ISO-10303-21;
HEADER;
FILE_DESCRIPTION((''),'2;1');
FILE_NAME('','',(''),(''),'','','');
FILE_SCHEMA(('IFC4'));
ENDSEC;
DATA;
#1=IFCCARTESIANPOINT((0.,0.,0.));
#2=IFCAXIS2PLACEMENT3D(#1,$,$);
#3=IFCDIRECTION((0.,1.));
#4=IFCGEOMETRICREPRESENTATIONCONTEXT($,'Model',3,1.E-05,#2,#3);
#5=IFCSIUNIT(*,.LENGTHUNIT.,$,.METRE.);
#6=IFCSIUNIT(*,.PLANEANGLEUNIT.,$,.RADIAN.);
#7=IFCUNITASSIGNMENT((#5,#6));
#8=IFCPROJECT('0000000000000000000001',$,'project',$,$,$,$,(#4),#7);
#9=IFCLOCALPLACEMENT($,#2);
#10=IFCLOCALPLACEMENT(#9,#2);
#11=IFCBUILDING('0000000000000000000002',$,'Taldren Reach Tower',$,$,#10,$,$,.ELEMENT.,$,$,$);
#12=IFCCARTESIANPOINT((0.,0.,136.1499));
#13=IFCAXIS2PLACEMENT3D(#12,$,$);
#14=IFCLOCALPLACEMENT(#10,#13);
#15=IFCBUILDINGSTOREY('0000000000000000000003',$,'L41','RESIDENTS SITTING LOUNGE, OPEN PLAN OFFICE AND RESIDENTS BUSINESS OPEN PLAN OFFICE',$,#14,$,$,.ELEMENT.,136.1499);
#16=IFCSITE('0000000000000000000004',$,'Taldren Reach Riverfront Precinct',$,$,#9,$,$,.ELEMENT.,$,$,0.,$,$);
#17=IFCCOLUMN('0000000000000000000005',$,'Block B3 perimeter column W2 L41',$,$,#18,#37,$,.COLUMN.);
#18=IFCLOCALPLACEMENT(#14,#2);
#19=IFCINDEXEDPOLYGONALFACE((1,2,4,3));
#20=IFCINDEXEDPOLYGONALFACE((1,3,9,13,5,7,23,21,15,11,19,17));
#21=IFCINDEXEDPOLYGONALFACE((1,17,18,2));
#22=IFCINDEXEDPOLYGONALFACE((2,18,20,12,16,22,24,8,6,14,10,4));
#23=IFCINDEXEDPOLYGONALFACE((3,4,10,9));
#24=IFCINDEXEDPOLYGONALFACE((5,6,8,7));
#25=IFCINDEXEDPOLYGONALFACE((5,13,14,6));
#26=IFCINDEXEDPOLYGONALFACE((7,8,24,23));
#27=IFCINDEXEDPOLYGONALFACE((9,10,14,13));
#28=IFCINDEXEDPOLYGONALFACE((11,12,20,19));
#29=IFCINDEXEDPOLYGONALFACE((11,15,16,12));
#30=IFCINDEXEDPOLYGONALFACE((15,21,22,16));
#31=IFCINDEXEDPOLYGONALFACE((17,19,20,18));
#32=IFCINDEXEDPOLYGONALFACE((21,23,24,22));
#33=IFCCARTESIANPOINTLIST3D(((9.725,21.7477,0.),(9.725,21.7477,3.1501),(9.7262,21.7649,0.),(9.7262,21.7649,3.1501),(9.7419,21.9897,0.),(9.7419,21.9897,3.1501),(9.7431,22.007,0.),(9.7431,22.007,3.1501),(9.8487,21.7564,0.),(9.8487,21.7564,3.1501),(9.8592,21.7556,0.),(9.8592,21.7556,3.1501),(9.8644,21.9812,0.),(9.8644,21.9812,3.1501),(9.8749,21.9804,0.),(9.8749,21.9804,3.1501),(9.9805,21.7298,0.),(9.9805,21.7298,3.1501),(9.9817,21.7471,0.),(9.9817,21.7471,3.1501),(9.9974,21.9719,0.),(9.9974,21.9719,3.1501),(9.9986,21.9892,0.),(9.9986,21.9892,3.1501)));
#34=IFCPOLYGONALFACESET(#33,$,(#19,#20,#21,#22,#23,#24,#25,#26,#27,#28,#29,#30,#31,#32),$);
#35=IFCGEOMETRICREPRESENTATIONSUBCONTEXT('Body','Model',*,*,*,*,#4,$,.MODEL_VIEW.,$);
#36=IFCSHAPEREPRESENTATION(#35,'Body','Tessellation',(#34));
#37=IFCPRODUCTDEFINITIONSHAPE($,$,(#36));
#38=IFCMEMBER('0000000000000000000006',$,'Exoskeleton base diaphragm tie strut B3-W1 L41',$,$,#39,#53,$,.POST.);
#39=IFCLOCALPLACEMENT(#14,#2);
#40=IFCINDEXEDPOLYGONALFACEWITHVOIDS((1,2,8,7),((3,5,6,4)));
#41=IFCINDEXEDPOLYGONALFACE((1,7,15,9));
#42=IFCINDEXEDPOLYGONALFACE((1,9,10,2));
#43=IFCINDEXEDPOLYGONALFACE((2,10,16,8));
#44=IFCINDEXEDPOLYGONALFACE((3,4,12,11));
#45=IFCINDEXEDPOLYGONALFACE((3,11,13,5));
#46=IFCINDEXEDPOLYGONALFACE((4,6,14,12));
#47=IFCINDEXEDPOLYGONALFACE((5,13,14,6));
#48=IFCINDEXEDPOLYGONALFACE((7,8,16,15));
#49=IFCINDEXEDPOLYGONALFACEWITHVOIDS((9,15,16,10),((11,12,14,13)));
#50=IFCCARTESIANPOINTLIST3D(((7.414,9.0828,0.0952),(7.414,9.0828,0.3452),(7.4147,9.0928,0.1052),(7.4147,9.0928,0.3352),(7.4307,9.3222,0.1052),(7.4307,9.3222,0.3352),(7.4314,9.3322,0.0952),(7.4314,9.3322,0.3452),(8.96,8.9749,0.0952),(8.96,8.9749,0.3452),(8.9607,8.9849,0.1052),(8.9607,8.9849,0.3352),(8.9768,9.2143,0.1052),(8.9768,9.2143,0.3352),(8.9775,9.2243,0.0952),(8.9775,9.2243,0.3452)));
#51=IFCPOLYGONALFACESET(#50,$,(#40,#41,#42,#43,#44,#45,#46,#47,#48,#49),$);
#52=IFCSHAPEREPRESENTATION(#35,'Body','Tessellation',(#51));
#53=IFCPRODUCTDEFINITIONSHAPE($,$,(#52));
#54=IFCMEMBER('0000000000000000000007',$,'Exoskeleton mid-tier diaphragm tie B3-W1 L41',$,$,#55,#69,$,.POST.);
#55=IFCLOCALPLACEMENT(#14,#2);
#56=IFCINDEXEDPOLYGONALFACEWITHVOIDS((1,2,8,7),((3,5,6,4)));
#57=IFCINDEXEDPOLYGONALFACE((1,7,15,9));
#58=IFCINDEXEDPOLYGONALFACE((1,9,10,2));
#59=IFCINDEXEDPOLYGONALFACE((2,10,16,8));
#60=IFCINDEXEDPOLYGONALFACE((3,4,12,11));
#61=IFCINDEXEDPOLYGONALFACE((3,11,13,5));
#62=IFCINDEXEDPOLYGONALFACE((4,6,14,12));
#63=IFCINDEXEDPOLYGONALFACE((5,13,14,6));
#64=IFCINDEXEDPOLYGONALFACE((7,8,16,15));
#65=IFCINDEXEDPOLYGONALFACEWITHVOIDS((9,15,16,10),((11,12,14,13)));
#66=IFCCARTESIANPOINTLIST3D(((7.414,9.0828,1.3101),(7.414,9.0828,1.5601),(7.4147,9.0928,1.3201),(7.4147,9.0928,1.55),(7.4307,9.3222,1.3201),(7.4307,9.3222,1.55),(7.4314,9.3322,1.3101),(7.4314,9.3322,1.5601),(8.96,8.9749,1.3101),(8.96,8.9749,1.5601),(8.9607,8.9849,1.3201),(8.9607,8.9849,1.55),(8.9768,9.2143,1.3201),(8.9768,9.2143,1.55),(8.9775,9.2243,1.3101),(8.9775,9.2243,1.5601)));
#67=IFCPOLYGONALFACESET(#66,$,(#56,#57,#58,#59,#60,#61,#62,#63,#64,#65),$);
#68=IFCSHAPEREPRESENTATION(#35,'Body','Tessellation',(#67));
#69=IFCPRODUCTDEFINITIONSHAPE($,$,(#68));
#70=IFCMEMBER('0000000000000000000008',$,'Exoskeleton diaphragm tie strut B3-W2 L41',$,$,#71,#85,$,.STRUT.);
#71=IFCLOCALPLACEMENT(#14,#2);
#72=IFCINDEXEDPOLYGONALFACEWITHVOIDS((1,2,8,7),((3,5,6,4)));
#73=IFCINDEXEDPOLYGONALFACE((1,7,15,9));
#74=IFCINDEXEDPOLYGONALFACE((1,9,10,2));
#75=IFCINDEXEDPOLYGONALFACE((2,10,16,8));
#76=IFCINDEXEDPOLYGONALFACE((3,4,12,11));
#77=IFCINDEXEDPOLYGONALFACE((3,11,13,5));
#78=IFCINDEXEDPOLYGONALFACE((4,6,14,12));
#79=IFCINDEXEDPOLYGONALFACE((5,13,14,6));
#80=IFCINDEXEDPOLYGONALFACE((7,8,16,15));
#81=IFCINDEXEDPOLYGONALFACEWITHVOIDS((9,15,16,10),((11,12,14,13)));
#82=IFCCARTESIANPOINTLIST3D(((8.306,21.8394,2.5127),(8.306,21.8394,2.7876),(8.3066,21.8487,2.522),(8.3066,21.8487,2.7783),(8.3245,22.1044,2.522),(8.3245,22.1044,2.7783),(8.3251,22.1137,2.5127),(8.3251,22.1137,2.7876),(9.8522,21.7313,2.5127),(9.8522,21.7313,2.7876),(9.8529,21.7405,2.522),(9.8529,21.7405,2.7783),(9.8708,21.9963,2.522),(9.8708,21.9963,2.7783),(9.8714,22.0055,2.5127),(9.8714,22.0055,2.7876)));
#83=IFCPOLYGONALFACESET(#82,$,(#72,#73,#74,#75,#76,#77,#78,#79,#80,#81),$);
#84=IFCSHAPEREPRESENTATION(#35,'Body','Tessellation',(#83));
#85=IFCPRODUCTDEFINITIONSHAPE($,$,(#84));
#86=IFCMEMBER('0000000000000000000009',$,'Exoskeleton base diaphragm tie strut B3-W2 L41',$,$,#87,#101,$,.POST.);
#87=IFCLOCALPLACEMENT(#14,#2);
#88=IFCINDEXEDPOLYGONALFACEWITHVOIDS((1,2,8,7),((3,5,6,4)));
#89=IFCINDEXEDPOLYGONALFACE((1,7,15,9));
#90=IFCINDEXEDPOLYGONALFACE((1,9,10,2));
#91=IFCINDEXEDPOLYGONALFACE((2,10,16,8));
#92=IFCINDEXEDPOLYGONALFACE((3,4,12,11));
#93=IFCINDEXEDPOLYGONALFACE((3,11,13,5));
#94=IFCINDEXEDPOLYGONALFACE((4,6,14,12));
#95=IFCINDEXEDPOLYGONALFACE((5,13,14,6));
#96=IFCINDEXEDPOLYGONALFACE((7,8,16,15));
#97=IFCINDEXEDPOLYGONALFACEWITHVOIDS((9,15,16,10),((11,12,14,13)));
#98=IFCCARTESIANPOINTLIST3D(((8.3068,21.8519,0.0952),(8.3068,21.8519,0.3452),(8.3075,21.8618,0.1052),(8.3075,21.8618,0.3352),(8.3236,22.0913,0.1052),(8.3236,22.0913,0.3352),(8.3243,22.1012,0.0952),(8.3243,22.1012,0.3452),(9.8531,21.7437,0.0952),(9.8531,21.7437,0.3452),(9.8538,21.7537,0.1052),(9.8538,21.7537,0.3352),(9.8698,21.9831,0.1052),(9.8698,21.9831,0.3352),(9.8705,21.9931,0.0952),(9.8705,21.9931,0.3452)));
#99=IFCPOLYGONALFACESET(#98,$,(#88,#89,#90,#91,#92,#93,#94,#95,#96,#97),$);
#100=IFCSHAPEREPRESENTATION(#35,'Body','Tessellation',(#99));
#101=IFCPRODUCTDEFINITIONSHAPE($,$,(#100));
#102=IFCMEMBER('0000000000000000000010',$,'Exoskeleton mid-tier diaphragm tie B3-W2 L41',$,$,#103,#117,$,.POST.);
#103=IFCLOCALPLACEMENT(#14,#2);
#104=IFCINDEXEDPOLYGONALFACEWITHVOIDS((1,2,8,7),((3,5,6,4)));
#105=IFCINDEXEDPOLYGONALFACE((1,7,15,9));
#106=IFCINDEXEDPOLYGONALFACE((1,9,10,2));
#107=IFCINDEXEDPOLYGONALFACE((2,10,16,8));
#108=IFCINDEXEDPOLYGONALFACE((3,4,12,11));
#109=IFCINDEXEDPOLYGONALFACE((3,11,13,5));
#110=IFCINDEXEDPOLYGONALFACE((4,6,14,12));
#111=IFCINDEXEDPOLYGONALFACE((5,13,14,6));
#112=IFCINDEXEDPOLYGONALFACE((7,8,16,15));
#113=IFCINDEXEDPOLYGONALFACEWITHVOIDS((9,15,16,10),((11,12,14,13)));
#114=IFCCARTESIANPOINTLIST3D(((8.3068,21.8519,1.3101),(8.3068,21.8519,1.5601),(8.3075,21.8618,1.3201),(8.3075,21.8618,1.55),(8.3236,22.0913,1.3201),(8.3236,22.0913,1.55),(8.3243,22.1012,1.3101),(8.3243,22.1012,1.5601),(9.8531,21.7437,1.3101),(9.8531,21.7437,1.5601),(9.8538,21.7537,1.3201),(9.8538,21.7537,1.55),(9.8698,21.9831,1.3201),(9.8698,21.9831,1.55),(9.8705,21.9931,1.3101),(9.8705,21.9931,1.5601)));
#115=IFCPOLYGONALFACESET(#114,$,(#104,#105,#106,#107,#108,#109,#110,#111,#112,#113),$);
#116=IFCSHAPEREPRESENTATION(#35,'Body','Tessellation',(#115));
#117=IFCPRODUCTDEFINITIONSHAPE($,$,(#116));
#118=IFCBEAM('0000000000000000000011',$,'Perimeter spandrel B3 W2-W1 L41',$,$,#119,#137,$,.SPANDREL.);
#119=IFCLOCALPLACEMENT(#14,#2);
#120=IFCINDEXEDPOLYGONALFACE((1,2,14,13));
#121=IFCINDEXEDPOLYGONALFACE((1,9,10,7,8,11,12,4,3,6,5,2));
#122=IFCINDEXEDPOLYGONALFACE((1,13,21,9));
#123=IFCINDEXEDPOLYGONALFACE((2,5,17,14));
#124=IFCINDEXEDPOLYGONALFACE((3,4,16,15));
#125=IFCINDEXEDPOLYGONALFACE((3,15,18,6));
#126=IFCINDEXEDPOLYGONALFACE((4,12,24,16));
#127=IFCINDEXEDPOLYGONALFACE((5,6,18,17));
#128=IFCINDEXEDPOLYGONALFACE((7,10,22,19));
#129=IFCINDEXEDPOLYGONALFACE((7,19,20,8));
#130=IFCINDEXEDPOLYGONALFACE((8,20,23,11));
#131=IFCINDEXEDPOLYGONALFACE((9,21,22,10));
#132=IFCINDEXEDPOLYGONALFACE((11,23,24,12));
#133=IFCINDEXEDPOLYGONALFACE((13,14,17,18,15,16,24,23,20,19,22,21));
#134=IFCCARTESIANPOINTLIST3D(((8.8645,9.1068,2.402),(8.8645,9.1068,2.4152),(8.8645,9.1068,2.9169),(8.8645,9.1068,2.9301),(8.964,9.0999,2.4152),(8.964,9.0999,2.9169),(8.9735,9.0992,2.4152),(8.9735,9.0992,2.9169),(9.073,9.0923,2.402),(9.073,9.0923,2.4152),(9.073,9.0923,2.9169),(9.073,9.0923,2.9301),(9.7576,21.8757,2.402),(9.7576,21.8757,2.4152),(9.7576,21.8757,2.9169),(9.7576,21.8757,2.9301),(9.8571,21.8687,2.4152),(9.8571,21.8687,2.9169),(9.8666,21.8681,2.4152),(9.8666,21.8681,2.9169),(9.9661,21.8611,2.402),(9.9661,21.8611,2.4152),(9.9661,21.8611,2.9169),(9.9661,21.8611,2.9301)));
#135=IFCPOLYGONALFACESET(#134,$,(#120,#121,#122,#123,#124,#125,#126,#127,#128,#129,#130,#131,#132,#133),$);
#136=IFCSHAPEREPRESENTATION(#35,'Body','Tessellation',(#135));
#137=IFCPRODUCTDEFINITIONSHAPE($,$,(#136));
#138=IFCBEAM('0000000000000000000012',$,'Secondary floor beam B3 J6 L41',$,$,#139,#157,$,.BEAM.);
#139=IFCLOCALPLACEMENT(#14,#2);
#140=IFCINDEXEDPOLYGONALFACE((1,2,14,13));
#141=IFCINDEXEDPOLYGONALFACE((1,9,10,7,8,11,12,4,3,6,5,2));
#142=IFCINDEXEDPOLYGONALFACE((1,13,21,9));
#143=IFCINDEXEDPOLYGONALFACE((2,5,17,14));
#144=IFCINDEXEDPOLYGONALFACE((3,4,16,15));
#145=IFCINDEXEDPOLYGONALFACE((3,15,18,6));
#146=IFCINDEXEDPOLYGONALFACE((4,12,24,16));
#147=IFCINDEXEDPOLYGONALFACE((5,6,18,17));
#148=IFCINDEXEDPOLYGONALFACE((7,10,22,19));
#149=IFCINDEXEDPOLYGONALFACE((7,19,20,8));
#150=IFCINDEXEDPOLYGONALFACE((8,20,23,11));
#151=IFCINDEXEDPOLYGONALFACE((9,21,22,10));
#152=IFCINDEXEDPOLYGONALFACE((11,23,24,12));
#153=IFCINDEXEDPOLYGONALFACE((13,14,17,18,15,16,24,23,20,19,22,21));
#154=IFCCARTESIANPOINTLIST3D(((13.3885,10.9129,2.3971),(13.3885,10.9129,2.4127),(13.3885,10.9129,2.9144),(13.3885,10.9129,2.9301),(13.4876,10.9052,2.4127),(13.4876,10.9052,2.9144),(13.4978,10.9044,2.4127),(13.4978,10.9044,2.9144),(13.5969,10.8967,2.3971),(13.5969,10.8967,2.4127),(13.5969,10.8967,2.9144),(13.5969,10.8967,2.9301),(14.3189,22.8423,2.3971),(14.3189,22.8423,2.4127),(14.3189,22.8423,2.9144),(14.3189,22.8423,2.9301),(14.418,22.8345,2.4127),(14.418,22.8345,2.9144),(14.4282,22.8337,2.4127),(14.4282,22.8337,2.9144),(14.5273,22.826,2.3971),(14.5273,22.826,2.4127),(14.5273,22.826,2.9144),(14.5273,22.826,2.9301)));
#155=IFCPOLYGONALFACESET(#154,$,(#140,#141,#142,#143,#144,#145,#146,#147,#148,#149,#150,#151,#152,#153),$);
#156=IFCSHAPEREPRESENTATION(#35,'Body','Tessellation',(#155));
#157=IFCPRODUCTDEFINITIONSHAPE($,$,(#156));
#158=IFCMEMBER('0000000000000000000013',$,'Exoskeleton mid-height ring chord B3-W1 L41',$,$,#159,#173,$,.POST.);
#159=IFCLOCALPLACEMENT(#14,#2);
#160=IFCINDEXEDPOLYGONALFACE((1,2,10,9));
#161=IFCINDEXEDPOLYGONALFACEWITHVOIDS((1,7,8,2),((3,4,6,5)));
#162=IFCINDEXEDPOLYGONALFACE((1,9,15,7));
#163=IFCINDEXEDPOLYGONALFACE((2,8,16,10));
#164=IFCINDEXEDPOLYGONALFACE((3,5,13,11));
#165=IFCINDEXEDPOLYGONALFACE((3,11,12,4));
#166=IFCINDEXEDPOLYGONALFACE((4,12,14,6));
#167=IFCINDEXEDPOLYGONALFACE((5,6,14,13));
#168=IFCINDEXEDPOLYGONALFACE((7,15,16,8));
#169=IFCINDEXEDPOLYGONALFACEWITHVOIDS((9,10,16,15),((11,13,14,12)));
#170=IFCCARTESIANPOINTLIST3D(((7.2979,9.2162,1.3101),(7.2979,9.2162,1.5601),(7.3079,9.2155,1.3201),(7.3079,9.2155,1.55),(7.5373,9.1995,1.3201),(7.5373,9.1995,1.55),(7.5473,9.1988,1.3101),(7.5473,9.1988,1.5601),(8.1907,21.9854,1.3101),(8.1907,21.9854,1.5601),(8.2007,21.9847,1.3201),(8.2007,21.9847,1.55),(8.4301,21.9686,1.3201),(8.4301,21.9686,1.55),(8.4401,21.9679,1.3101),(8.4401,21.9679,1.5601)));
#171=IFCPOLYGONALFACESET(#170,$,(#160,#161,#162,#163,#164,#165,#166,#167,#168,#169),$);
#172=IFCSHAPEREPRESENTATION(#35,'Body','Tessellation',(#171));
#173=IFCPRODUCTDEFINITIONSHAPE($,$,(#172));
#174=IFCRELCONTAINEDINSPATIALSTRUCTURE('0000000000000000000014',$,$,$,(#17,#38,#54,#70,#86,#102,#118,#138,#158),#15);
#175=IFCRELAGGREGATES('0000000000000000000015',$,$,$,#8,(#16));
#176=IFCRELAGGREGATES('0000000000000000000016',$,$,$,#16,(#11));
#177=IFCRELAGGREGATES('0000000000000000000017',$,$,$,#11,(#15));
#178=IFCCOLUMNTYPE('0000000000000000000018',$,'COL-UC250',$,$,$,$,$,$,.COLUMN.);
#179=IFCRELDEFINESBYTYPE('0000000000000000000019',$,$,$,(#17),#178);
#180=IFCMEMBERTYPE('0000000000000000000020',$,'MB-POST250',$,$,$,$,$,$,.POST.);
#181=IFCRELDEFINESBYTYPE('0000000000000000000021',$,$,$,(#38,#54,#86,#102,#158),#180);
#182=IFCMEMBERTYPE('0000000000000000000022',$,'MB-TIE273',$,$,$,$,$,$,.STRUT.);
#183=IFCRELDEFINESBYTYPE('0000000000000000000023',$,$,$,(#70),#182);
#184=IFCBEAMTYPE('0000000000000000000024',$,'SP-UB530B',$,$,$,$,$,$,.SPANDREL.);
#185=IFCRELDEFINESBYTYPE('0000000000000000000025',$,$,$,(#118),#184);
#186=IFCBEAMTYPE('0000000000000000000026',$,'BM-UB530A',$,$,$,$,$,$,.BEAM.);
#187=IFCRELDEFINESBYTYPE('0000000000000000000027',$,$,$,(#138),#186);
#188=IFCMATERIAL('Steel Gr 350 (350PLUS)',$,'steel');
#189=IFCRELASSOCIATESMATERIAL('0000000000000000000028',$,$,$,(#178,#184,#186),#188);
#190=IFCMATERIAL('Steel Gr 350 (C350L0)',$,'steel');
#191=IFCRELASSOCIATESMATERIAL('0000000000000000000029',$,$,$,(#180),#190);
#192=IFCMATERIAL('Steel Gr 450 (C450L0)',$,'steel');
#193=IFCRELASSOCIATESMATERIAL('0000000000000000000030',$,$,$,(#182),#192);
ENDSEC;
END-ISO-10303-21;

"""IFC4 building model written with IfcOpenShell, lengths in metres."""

from ifc_helpers import new_model, si_unit, direction, frame, origin, origin_2d, place, context, subcontext, project, spatial, hollow_rectangle, i_section, extrude, source, transform, mapped, material, material_profile, profile_set, type_object, element, save


model = new_model("IFC4")

# Units and contexts
model_context = context("Model", 3, precision=1e-05, world=origin(), true_north=direction((0.0, 1.0)))
body_context = subcontext(model_context, "Body", "Model", "MODEL_VIEW")
ifc_project = project(units=[si_unit("LENGTHUNIT", "METRE"), si_unit("PLANEANGLEUNIT", "RADIAN")], contexts=[model_context])

# Site, building, storey
site_placement = place(None, origin())
site = spatial("IfcSite", under=ifc_project, at=site_placement, Name="Taldren Reach Riverfront Precinct", CompositionType="ELEMENT", RefElevation=0.0)
building_placement = place(site_placement, origin())
building = spatial("IfcBuilding", under=site, at=building_placement, Name="Taldren Reach Tower", CompositionType="ELEMENT")
storey_placement = place(building_placement, frame((0.0, 0.0, 136.1499)))
storey = spatial("IfcBuildingStorey", under=building, at=storey_placement, Name="L41", Description="RESIDENTS SITTING LOUNGE, OPEN PLAN OFFICE AND RESIDENTS BUSINESS OPEN PLAN OFFICE", CompositionType="ELEMENT", Elevation=136.1499)

# Column
ifc_material_1 = material(Name="Steel Gr 350 (350PLUS)", Category="steel")
ifc_material_profile_1 = material_profile(ifc_material_1, i_section(OverallWidth=0.2561, OverallDepth=0.26, WebThickness=0.0105, FlangeThickness=0.0173, at=origin_2d()), Name="250UC89.5")
ifc_profile_set_1 = profile_set([ifc_material_profile_1], Name="Steel Gr 350 (350PLUS)")
column_type = type_object("IfcColumnType", Name="COL-UC250", PredefinedType="COLUMN", material=ifc_profile_set_1)
shared_shape_1 = source(origin(), body_context, "Body", "SweptSolid", [
    extrude(i_section(OverallWidth=0.2561, OverallDepth=0.26, WebThickness=0.0105, FlangeThickness=0.0173, at=origin_2d()), origin(), (0.0, 0.0, 1.0), 3.1501),
])
column_placement = place(storey_placement, frame((9.8618, 21.8684, 0.0), z_axis=(0.0, 0.0, 1.0), x_axis=(0.997564, -0.069756, 0.0)))
element("IfcColumn", 1, at=column_placement, inside=storey, type_object=column_type, Name="Block B3 perimeter column W2 L41", PredefinedType="COLUMN", context=body_context, shape_type="MappedRepresentation", body=[
    mapped(shared_shape_1, transform((0.0, 0.0, 0.0), scale=1.0)),
])

# Members
ifc_material_2 = material(Name="Steel Gr 350 (C350L0)", Category="steel")
ifc_material_profile_2 = material_profile(ifc_material_2, hollow_rectangle(XDim=0.25, YDim=0.25, WallThickness=0.01, at=origin_2d()), Name="250x250x10.0SHS")
ifc_profile_set_2 = profile_set([ifc_material_profile_2], Name="Steel Gr 350 (C350L0)")
member_type_1 = type_object("IfcMemberType", Name="MB-POST250", PredefinedType="POST", material=ifc_profile_set_2)
shared_shape_2 = source(origin(), body_context, "Body", "SweptSolid", [
    extrude(hollow_rectangle(XDim=0.25, YDim=0.25, WallThickness=0.01, at=origin_2d()), origin(), (0.0, 0.0, 1.0), 1.5498),
])
for number, where, z_axis, x_axis, name in (
    (2, (8.9688, 9.0996, 0.2202), (-0.997573, 0.069624, 0.0), (-0.069624, -0.997573, 0.0), "Exoskeleton base diaphragm tie strut B3-W1 L41"),
    (3, (8.9688, 9.0996, 1.4351), (-0.997573, 0.069624, 0.0), (-0.069624, -0.997573, 0.0), "Exoskeleton mid-tier diaphragm tie B3-W1 L41"),
):
    element("IfcMember", number, at=place(storey_placement, frame(where, z_axis=z_axis, x_axis=x_axis)), inside=storey, type_object=member_type_1, Name=name, PredefinedType="POST", context=body_context, shape_type="MappedRepresentation", body=[
        mapped(shared_shape_2, transform((0.0, 0.0, 0.0), scale=1.0)),
    ])
ifc_material_3 = material(Name="Steel Gr 450 (C450L0)", Category="steel")
ifc_material_profile_3 = material_profile(ifc_material_3, hollow_rectangle(XDim=0.2749, YDim=0.2749, WallThickness=0.0093, at=origin_2d()), Name="275x275x9.3SHS")
ifc_profile_set_3 = profile_set([ifc_material_profile_3], Name="Steel Gr 450 (C450L0)")
member_type_2 = type_object("IfcMemberType", Name="MB-TIE273", PredefinedType="STRUT", material=ifc_profile_set_3)
shared_shape_3 = source(origin(), body_context, "Body", "SweptSolid", [
    extrude(hollow_rectangle(XDim=0.2749, YDim=0.2749, WallThickness=0.0093, at=origin_2d()), origin(), (0.0, 0.0, 1.0), 1.55),
])
member_1_placement = place(storey_placement, frame((9.8618, 21.8684, 2.6501), z_axis=(-0.997563, 0.06977, 0.0), x_axis=(-0.06977, -0.997563, 0.0)))
element("IfcMember", 4, at=member_1_placement, inside=storey, type_object=member_type_2, Name="Exoskeleton diaphragm tie strut B3-W2 L41", PredefinedType="STRUT", context=body_context, shape_type="MappedRepresentation", body=[
    mapped(shared_shape_3, transform((0.0, 0.0, 0.0), scale=1.0)),
])
shared_shape_4 = source(origin(), body_context, "Body", "SweptSolid", [
    extrude(hollow_rectangle(XDim=0.25, YDim=0.25, WallThickness=0.01, at=origin_2d()), origin(), (0.0, 0.0, 1.0), 1.55),
])
for number, where, z_axis, x_axis, name in (
    (5, (9.8618, 21.8684, 0.2202), (-0.997563, 0.06977, 0.0), (-0.06977, -0.997563, 0.0), "Exoskeleton base diaphragm tie strut B3-W2 L41"),
    (6, (9.8618, 21.8684, 1.4351), (-0.997563, 0.06977, 0.0), (-0.06977, -0.997563, 0.0), "Exoskeleton mid-tier diaphragm tie B3-W2 L41"),
):
    element("IfcMember", number, at=place(storey_placement, frame(where, z_axis=z_axis, x_axis=x_axis)), inside=storey, type_object=member_type_1, Name=name, PredefinedType="POST", context=body_context, shape_type="MappedRepresentation", body=[
        mapped(shared_shape_4, transform((0.0, 0.0, 0.0), scale=1.0)),
    ])

# Beams
ifc_material_profile_4 = material_profile(ifc_material_1, i_section(OverallWidth=0.209, OverallDepth=0.5281, WebThickness=0.0095, FlangeThickness=0.0132, at=origin_2d()), Name="530UB82.0")
ifc_profile_set_4 = profile_set([ifc_material_profile_4], Name="Steel Gr 350 (350PLUS)")
beam_type_1 = type_object("IfcBeamType", Name="SP-UB530B", PredefinedType="SPANDREL", material=ifc_profile_set_4)
shared_shape_5 = source(origin(), body_context, "Body", "SweptSolid", [
    extrude(i_section(OverallWidth=0.209, OverallDepth=0.5281, WebThickness=0.0095, FlangeThickness=0.0132, at=origin_2d()), origin(), (0.0, 0.0, 1.0), 12.8),
])
beam_1_placement = place(storey_placement, frame((9.8618, 21.8684, 2.666), z_axis=(-0.069771, -0.997563, 0.0), x_axis=(0.997563, -0.069771, 0.0)))
element("IfcBeam", 7, at=beam_1_placement, inside=storey, type_object=beam_type_1, Name="Perimeter spandrel B3 W2-W1 L41", PredefinedType="SPANDREL", context=body_context, shape_type="MappedRepresentation", body=[
    mapped(shared_shape_5, transform((0.0, 0.0, 0.0), scale=1.0)),
])
ifc_material_profile_5 = material_profile(ifc_material_1, i_section(OverallWidth=0.209, OverallDepth=0.533, WebThickness=0.0103, FlangeThickness=0.0156, at=origin_2d()), Name="530UB92.4")
ifc_profile_set_5 = profile_set([ifc_material_profile_5], Name="Steel Gr 350 (350PLUS)")
beam_type_2 = type_object("IfcBeamType", Name="BM-UB530A", PredefinedType="BEAM", material=ifc_profile_set_5)
shared_shape_6 = source(origin(), body_context, "Body", "SweptSolid", [
    extrude(i_section(OverallWidth=0.209, OverallDepth=0.533, WebThickness=0.0103, FlangeThickness=0.0156, at=origin_2d()), origin(), (0.0, 0.0, 1.0), 11.9656),
])
beam_2_placement = place(storey_placement, frame((13.4927, 10.9048, 2.6636), z_axis=(0.077757, 0.996972, 0.0), x_axis=(-0.996972, 0.077757, 0.0)))
element("IfcBeam", 8, at=beam_2_placement, inside=storey, type_object=beam_type_2, Name="Secondary floor beam B3 J6 L41", PredefinedType="BEAM", context=body_context, shape_type="MappedRepresentation", body=[
    mapped(shared_shape_6, transform((0.0, 0.0, 0.0), scale=1.0)),
])

# Member
shared_shape_7 = source(origin(), body_context, "Body", "SweptSolid", [
    extrude(hollow_rectangle(XDim=0.25, YDim=0.25, WallThickness=0.01, at=origin_2d()), origin(), (0.0, 0.0, 1.0), 12.8003),
])
member_2_placement = place(storey_placement, frame((7.4226, 9.2075, 1.4351), z_axis=(0.069751, 0.997564, 0.0), x_axis=(-0.997564, 0.069751, 0.0)))
element("IfcMember", 9, at=member_2_placement, inside=storey, type_object=member_type_1, Name="Exoskeleton mid-height ring chord B3-W1 L41", PredefinedType="POST", context=body_context, shape_type="MappedRepresentation", body=[
    mapped(shared_shape_7, transform((0.0, 0.0, 0.0), scale=1.0)),
])

save(model, "model.ifc")
